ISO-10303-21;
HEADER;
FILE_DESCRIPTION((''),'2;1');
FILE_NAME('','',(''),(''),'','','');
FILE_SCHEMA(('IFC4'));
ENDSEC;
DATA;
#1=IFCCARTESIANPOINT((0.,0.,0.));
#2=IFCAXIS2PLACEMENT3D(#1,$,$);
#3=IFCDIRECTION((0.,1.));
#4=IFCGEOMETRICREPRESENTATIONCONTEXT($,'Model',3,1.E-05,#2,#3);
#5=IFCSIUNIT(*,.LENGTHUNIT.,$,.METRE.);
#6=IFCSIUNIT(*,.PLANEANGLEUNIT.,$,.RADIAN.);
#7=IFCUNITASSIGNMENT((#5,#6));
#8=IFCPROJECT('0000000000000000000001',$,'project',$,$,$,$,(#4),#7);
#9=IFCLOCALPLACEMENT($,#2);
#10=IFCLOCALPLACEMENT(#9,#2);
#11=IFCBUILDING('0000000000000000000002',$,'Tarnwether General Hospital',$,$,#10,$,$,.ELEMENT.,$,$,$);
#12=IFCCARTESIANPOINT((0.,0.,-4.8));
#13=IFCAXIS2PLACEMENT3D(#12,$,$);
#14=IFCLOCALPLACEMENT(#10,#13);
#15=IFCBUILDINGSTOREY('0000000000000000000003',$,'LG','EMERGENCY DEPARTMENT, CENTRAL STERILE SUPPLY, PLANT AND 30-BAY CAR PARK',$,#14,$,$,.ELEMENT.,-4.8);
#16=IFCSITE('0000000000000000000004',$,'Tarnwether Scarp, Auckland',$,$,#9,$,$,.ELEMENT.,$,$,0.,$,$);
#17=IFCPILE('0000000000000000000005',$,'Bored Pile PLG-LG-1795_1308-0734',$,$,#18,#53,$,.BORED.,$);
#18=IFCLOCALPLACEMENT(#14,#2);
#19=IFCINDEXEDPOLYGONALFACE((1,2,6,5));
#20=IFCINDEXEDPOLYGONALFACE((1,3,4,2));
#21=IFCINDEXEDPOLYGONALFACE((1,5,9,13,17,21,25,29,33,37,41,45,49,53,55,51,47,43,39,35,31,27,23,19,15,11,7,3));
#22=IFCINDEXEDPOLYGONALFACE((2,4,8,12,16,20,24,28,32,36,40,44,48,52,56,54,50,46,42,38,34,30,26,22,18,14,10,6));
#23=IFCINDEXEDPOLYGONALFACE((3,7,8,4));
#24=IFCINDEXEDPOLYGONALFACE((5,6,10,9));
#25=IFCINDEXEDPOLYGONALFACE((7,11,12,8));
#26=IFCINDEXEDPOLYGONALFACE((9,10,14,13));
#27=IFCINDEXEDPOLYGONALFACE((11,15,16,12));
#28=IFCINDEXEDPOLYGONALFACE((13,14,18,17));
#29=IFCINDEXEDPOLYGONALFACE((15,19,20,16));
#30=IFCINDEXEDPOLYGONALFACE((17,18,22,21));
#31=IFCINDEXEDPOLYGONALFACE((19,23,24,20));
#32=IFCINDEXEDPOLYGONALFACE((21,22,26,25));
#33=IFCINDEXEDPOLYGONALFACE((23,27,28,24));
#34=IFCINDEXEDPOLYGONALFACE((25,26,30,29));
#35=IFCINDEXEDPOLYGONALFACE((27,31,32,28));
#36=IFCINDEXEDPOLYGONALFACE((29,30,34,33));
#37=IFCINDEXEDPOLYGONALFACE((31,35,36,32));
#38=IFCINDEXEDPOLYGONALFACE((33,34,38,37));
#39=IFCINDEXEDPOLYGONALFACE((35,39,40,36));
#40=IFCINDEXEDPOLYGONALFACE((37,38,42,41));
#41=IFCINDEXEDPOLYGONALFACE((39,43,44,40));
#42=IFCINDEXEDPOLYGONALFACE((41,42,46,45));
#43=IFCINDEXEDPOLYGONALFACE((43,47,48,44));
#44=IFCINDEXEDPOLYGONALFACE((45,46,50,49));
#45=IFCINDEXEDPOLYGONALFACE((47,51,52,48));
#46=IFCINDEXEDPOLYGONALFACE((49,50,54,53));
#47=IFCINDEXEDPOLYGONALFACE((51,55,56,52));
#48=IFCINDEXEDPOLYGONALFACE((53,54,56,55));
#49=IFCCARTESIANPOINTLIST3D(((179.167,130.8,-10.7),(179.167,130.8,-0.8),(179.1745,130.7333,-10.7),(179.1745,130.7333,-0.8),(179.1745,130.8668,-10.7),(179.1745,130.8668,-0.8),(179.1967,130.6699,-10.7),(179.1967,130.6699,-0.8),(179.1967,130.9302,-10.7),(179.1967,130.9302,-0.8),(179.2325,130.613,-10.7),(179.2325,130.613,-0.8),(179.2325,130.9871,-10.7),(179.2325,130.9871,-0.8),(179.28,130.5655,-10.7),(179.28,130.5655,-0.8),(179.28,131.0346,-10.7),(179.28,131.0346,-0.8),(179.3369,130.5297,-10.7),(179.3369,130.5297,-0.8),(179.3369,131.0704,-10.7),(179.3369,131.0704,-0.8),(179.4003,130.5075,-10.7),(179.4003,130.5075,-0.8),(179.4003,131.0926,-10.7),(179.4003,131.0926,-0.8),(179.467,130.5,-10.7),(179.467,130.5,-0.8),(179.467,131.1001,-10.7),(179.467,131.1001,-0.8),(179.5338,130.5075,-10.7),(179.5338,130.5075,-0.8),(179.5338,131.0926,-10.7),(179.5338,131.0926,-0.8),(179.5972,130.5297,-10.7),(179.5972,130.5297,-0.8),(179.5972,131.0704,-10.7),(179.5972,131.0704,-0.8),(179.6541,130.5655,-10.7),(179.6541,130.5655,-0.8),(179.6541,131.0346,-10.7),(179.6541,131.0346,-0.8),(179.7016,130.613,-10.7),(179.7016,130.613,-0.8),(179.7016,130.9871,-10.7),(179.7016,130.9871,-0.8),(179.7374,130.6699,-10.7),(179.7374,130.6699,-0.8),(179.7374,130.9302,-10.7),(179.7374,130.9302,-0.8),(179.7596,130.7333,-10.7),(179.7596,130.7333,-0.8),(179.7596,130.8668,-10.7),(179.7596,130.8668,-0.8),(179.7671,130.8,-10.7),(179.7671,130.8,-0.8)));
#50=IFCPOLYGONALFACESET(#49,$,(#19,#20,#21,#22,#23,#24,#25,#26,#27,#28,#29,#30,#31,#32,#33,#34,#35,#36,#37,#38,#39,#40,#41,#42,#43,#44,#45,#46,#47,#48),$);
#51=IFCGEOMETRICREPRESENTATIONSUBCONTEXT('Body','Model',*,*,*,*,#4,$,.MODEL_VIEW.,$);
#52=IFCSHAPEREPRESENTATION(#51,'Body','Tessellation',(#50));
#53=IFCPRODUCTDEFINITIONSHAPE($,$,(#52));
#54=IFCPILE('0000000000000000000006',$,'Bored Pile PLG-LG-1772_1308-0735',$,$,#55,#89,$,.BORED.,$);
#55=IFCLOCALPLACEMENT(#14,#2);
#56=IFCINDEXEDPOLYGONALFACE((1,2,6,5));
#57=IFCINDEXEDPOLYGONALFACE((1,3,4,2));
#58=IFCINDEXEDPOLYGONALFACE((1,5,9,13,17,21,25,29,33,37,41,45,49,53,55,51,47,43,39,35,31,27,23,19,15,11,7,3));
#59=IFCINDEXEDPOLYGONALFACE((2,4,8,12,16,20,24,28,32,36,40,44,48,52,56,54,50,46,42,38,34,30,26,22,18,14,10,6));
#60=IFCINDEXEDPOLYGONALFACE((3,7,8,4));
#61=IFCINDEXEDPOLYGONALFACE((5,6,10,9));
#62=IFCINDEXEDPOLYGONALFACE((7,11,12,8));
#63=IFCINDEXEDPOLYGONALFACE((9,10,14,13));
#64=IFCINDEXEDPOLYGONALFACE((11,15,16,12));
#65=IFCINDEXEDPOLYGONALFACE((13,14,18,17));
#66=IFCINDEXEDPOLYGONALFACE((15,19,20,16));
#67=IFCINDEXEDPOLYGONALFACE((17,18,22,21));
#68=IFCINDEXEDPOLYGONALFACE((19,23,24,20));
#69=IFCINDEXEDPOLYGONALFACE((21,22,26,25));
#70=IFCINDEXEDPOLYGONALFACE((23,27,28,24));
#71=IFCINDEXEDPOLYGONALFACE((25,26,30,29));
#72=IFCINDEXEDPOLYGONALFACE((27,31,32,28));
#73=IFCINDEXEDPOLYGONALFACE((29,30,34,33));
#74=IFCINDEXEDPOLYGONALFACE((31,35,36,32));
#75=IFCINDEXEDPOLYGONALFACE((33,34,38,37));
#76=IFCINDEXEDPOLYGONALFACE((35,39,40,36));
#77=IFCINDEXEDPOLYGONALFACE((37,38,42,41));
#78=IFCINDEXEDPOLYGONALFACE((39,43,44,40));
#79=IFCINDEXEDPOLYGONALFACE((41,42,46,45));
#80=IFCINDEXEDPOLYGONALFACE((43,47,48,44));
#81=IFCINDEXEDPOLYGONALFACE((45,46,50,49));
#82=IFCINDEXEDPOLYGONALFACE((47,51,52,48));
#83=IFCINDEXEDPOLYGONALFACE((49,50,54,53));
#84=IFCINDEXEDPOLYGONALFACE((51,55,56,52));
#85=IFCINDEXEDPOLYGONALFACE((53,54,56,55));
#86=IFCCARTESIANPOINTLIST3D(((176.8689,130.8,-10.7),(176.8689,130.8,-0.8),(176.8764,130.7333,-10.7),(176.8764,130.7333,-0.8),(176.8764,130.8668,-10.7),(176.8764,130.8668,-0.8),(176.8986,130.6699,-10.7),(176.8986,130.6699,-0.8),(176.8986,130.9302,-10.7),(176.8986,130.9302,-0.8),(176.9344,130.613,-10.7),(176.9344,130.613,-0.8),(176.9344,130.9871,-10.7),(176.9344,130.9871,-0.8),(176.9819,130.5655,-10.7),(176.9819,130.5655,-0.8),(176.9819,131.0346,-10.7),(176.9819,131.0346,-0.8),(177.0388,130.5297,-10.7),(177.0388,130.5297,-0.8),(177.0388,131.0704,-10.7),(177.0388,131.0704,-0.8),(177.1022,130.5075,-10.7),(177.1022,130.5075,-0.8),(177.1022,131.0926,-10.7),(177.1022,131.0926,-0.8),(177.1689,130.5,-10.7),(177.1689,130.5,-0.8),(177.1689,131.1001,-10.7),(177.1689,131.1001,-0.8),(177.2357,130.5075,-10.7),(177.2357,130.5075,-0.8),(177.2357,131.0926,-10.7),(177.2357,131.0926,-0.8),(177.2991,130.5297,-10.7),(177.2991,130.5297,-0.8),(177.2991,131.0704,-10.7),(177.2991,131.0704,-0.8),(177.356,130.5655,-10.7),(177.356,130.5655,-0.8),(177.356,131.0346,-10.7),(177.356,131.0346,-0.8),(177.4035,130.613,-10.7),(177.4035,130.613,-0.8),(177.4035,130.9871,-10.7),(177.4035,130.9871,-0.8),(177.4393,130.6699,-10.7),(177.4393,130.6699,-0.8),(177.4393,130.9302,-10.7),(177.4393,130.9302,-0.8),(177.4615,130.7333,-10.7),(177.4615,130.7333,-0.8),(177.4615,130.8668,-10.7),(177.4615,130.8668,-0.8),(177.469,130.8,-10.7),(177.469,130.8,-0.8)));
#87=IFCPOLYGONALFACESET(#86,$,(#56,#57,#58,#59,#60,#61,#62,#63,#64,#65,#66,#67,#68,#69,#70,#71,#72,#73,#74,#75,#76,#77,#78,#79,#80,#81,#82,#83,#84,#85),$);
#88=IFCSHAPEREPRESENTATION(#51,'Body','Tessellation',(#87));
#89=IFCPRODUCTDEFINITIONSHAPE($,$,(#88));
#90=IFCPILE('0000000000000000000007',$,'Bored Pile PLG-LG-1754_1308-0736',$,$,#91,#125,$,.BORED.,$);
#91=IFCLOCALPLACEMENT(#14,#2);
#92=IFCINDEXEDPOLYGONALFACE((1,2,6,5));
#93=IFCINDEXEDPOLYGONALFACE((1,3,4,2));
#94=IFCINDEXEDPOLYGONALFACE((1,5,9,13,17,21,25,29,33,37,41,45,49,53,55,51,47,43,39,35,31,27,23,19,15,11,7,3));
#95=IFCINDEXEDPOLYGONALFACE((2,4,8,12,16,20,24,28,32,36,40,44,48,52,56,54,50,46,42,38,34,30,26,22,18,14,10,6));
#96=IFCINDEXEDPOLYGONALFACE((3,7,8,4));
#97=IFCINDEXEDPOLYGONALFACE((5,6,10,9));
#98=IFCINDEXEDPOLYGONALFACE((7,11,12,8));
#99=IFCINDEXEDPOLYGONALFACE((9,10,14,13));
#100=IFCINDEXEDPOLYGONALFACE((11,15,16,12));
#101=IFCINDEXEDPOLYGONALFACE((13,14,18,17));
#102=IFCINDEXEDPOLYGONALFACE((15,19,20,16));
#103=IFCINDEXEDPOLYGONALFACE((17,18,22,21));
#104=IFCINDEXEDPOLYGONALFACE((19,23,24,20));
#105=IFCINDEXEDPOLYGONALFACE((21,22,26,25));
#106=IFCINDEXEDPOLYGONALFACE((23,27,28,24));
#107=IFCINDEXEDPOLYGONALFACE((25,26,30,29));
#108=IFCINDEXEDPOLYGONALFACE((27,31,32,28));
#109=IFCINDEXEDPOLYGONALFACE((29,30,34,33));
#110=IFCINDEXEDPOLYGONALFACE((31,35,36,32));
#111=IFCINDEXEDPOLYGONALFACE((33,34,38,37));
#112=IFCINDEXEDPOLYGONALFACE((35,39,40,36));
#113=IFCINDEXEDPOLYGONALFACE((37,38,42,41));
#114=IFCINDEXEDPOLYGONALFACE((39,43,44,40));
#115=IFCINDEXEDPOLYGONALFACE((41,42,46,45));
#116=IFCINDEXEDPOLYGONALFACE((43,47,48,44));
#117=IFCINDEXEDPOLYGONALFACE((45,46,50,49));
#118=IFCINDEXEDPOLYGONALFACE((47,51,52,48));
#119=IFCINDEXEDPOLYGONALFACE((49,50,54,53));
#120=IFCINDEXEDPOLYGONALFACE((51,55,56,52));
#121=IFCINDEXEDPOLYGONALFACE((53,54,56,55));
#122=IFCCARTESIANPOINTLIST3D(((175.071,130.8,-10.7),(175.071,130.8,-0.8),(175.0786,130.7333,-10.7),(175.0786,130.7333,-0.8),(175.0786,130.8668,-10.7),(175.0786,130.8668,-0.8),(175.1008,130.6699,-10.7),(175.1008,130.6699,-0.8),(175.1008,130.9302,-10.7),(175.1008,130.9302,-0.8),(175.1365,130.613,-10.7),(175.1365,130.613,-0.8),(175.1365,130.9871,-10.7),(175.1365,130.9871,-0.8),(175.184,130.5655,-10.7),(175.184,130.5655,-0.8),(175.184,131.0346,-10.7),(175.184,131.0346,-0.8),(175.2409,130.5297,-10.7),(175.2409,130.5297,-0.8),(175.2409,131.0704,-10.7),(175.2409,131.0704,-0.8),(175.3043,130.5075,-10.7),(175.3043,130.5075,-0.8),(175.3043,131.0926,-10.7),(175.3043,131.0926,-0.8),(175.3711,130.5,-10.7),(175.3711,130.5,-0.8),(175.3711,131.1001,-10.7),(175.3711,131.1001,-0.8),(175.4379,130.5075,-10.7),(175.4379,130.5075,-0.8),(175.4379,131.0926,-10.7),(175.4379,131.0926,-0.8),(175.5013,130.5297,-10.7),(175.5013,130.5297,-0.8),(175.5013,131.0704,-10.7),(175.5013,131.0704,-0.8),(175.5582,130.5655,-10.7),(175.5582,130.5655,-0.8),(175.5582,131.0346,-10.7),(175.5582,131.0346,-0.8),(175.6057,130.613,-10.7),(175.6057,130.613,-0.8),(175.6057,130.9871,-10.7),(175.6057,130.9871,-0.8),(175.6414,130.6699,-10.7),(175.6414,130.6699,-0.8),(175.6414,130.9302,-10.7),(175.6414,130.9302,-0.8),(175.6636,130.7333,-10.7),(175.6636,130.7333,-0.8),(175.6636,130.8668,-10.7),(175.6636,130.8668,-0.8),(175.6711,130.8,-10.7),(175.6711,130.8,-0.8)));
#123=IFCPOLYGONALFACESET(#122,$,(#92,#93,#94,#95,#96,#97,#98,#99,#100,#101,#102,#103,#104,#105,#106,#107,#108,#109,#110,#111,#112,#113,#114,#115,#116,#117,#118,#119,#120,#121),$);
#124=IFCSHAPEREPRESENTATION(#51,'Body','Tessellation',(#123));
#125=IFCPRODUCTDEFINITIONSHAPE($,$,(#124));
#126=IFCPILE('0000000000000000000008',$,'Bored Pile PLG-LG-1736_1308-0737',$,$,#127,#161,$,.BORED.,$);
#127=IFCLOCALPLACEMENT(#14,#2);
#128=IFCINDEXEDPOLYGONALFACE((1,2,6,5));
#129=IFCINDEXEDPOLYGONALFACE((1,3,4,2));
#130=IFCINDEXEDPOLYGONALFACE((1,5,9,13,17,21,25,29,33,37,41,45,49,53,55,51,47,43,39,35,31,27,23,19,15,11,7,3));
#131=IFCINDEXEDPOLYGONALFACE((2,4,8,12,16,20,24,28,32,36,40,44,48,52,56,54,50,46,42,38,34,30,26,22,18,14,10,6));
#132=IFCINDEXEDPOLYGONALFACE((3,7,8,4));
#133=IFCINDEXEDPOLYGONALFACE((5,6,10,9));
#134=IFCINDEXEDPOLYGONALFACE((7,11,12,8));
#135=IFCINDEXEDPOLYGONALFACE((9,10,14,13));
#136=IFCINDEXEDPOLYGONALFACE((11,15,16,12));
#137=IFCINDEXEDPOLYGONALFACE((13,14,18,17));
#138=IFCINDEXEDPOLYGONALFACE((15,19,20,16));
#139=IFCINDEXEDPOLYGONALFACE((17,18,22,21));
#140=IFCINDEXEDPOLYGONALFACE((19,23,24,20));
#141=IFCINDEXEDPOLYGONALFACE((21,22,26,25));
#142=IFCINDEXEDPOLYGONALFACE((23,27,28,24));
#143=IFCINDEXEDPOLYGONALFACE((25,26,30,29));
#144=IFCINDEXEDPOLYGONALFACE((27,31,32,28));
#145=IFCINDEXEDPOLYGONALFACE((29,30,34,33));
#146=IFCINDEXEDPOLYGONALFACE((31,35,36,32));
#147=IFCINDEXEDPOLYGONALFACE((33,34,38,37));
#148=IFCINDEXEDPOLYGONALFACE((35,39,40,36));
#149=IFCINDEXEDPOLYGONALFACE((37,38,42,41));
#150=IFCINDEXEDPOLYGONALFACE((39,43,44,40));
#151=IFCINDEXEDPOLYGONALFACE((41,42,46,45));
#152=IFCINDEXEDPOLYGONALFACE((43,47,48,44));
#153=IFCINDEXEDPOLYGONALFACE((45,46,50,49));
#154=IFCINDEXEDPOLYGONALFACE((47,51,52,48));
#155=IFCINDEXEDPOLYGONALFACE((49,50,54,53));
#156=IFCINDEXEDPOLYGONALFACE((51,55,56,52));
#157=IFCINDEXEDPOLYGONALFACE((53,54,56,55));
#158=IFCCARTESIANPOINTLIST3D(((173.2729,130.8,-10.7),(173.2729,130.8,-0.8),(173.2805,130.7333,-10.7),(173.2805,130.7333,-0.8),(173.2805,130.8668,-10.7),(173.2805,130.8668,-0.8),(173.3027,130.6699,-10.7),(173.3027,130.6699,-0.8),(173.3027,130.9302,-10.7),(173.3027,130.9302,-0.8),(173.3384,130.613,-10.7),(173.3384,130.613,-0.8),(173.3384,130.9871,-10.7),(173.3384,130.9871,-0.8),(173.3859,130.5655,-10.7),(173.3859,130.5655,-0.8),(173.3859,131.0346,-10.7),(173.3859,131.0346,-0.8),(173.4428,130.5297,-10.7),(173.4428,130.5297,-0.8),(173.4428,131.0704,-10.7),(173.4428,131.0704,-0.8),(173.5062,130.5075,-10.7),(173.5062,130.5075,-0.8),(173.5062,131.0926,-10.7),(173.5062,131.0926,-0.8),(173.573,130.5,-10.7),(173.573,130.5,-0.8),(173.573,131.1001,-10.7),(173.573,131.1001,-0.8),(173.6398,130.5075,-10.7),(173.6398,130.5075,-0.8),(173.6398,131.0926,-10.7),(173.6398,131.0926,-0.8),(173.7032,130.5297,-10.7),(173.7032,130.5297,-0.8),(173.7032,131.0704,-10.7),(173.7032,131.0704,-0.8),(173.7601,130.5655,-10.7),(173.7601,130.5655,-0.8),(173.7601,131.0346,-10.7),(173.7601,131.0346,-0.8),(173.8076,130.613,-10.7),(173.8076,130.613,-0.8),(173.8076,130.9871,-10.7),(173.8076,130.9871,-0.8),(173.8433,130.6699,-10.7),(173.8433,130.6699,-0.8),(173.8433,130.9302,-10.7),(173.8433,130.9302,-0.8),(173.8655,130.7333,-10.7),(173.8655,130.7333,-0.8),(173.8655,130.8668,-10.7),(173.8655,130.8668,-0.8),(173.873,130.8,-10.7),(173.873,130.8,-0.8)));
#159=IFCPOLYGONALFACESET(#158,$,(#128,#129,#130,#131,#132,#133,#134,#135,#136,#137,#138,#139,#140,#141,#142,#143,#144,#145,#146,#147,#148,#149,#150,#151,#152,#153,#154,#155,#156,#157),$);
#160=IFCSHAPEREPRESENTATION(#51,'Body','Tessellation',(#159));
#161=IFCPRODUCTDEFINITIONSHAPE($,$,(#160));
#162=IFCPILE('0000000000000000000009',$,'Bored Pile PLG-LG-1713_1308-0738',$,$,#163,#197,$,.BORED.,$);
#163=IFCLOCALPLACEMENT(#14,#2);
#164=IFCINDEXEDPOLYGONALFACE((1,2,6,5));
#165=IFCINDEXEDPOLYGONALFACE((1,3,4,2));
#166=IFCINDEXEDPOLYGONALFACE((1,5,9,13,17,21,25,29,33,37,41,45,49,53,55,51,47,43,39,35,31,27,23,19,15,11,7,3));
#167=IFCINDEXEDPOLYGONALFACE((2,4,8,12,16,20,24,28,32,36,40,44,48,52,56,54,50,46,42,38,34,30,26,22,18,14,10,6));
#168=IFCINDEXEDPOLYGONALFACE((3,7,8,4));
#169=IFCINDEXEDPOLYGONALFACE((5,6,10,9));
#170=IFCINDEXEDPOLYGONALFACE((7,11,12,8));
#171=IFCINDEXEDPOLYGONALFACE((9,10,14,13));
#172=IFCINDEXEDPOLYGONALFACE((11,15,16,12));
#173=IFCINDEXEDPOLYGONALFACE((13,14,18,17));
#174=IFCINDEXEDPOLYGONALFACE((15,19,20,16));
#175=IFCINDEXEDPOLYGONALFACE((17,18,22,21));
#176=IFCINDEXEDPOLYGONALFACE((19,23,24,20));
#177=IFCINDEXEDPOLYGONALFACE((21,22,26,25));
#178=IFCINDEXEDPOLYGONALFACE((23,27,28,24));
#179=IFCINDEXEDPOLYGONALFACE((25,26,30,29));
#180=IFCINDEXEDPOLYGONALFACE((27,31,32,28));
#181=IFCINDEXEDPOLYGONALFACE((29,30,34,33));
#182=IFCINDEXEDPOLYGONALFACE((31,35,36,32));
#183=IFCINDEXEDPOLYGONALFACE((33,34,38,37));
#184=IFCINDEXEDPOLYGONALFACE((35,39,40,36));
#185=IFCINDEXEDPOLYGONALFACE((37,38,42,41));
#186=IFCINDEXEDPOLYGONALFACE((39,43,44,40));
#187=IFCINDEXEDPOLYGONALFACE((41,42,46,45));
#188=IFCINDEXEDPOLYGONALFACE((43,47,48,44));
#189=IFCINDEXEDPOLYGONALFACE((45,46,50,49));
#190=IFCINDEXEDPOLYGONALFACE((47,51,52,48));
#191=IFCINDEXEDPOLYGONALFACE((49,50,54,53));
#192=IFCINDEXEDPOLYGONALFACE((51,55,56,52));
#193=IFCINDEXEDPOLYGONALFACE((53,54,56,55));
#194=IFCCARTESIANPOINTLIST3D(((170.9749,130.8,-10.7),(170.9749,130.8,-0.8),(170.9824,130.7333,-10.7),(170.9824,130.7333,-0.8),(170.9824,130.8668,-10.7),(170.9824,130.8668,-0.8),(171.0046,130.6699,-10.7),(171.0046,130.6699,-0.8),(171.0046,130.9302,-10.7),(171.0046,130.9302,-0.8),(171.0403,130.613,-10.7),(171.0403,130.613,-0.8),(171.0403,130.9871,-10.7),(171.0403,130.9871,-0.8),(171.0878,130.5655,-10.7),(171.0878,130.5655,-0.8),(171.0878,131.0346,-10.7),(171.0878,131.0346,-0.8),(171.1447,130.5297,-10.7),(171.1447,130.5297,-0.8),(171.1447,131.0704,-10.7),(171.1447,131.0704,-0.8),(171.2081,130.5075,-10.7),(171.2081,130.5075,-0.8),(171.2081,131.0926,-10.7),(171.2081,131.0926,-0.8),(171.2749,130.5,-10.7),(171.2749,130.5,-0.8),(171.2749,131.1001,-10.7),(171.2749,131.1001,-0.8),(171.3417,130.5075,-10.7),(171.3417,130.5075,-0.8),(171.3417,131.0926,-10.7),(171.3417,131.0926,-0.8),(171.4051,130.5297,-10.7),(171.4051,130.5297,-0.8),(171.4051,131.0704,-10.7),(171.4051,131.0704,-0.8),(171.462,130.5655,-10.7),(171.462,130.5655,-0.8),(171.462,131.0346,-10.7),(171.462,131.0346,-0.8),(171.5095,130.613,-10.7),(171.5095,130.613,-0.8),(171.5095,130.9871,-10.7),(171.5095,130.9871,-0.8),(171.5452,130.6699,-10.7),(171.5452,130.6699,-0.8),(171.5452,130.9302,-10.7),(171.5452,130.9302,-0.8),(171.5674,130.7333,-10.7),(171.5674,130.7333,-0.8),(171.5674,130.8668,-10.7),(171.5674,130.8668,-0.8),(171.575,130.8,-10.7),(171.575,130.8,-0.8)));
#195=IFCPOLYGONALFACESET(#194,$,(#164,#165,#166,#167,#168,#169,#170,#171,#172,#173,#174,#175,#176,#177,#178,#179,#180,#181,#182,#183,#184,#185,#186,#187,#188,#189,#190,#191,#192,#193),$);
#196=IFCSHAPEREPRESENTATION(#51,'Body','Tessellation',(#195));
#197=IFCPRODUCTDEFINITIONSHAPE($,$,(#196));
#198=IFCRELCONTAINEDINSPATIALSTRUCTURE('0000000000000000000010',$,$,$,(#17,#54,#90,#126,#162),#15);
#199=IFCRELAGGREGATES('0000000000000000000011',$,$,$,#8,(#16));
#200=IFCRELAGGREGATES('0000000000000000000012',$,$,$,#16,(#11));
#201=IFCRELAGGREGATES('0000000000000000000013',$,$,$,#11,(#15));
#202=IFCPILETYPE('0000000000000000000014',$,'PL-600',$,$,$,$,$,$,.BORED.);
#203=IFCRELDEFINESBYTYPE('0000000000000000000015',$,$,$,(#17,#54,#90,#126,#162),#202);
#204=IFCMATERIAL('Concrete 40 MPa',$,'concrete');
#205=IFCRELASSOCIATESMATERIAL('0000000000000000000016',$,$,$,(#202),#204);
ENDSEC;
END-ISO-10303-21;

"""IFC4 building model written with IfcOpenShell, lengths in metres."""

from ifc_helpers import new_model, si_unit, direction, frame, origin, origin_2d, place, context, subcontext, project, spatial, circle, extrude, material, material_profile, profile_set, type_object, element, save


model = new_model("IFC4")

# Units and contexts
model_context = context("Model", 3, precision=1e-05, world=origin(), true_north=direction((0.0, 1.0)))
body_context = subcontext(model_context, "Body", "Model", "MODEL_VIEW")
ifc_project = project(units=[si_unit("LENGTHUNIT", "METRE"), si_unit("PLANEANGLEUNIT", "RADIAN")], contexts=[model_context])

# Site, building, storey
site_placement = place(None, origin())
site = spatial("IfcSite", under=ifc_project, at=site_placement, Name="Tarnwether Scarp, Auckland", CompositionType="ELEMENT", RefElevation=0.0)
building_placement = place(site_placement, origin())
building = spatial("IfcBuilding", under=site, at=building_placement, Name="Tarnwether General Hospital", CompositionType="ELEMENT")
storey_placement = place(building_placement, frame((0.0, 0.0, -4.8)))
storey = spatial("IfcBuildingStorey", under=building, at=storey_placement, Name="LG", Description="EMERGENCY DEPARTMENT, CENTRAL STERILE SUPPLY, PLANT AND 30-BAY CAR PARK", CompositionType="ELEMENT", Elevation=-4.8)

# Piles
ifc_material_1 = material(Name="Concrete 40 MPa", Category="concrete")
ifc_material_profile_1 = material_profile(ifc_material_1, circle(Radius=0.3, at=origin_2d()), Name="PILE-D600")
ifc_profile_set_1 = profile_set([ifc_material_profile_1], Name="Concrete 40 MPa")
pile_type_1 = type_object("IfcPileType", Name="PL-600", PredefinedType="BORED", material=ifc_profile_set_1)
for number, where, z_axis, x_axis, name in (
    (1, (179.467, 130.8, -0.8), (0.0, 0.0, -1.0), (1.0, 0.0, 0.0), "Bored Pile PLG-LG-1795_1308-0734"),
    (2, (177.1689, 130.8, -0.8), (0.0, 0.0, -1.0), (1.0, 0.0, 0.0), "Bored Pile PLG-LG-1772_1308-0735"),
    (3, (175.3711, 130.8, -0.8), (0.0, 0.0, -1.0), (1.0, 0.0, 0.0), "Bored Pile PLG-LG-1754_1308-0736"),
    (4, (173.573, 130.8, -0.8), (0.0, 0.0, -1.0), (1.0, 0.0, 0.0), "Bored Pile PLG-LG-1736_1308-0737"),
    (5, (171.2749, 130.8, -0.8), (0.0, 0.0, -1.0), (1.0, 0.0, 0.0), "Bored Pile PLG-LG-1713_1308-0738"),
):
    element("IfcPile", number, at=place(storey_placement, frame(where, z_axis=z_axis, x_axis=x_axis)), inside=storey, type_object=pile_type_1, Name=name, PredefinedType="BORED", context=body_context, shape_type="SweptSolid", body=[
        extrude(circle(Radius=0.3, at=origin_2d()), origin(), (0.0, 0.0, 1.0), 9.8999),
    ])

save(model, "model.ifc")
